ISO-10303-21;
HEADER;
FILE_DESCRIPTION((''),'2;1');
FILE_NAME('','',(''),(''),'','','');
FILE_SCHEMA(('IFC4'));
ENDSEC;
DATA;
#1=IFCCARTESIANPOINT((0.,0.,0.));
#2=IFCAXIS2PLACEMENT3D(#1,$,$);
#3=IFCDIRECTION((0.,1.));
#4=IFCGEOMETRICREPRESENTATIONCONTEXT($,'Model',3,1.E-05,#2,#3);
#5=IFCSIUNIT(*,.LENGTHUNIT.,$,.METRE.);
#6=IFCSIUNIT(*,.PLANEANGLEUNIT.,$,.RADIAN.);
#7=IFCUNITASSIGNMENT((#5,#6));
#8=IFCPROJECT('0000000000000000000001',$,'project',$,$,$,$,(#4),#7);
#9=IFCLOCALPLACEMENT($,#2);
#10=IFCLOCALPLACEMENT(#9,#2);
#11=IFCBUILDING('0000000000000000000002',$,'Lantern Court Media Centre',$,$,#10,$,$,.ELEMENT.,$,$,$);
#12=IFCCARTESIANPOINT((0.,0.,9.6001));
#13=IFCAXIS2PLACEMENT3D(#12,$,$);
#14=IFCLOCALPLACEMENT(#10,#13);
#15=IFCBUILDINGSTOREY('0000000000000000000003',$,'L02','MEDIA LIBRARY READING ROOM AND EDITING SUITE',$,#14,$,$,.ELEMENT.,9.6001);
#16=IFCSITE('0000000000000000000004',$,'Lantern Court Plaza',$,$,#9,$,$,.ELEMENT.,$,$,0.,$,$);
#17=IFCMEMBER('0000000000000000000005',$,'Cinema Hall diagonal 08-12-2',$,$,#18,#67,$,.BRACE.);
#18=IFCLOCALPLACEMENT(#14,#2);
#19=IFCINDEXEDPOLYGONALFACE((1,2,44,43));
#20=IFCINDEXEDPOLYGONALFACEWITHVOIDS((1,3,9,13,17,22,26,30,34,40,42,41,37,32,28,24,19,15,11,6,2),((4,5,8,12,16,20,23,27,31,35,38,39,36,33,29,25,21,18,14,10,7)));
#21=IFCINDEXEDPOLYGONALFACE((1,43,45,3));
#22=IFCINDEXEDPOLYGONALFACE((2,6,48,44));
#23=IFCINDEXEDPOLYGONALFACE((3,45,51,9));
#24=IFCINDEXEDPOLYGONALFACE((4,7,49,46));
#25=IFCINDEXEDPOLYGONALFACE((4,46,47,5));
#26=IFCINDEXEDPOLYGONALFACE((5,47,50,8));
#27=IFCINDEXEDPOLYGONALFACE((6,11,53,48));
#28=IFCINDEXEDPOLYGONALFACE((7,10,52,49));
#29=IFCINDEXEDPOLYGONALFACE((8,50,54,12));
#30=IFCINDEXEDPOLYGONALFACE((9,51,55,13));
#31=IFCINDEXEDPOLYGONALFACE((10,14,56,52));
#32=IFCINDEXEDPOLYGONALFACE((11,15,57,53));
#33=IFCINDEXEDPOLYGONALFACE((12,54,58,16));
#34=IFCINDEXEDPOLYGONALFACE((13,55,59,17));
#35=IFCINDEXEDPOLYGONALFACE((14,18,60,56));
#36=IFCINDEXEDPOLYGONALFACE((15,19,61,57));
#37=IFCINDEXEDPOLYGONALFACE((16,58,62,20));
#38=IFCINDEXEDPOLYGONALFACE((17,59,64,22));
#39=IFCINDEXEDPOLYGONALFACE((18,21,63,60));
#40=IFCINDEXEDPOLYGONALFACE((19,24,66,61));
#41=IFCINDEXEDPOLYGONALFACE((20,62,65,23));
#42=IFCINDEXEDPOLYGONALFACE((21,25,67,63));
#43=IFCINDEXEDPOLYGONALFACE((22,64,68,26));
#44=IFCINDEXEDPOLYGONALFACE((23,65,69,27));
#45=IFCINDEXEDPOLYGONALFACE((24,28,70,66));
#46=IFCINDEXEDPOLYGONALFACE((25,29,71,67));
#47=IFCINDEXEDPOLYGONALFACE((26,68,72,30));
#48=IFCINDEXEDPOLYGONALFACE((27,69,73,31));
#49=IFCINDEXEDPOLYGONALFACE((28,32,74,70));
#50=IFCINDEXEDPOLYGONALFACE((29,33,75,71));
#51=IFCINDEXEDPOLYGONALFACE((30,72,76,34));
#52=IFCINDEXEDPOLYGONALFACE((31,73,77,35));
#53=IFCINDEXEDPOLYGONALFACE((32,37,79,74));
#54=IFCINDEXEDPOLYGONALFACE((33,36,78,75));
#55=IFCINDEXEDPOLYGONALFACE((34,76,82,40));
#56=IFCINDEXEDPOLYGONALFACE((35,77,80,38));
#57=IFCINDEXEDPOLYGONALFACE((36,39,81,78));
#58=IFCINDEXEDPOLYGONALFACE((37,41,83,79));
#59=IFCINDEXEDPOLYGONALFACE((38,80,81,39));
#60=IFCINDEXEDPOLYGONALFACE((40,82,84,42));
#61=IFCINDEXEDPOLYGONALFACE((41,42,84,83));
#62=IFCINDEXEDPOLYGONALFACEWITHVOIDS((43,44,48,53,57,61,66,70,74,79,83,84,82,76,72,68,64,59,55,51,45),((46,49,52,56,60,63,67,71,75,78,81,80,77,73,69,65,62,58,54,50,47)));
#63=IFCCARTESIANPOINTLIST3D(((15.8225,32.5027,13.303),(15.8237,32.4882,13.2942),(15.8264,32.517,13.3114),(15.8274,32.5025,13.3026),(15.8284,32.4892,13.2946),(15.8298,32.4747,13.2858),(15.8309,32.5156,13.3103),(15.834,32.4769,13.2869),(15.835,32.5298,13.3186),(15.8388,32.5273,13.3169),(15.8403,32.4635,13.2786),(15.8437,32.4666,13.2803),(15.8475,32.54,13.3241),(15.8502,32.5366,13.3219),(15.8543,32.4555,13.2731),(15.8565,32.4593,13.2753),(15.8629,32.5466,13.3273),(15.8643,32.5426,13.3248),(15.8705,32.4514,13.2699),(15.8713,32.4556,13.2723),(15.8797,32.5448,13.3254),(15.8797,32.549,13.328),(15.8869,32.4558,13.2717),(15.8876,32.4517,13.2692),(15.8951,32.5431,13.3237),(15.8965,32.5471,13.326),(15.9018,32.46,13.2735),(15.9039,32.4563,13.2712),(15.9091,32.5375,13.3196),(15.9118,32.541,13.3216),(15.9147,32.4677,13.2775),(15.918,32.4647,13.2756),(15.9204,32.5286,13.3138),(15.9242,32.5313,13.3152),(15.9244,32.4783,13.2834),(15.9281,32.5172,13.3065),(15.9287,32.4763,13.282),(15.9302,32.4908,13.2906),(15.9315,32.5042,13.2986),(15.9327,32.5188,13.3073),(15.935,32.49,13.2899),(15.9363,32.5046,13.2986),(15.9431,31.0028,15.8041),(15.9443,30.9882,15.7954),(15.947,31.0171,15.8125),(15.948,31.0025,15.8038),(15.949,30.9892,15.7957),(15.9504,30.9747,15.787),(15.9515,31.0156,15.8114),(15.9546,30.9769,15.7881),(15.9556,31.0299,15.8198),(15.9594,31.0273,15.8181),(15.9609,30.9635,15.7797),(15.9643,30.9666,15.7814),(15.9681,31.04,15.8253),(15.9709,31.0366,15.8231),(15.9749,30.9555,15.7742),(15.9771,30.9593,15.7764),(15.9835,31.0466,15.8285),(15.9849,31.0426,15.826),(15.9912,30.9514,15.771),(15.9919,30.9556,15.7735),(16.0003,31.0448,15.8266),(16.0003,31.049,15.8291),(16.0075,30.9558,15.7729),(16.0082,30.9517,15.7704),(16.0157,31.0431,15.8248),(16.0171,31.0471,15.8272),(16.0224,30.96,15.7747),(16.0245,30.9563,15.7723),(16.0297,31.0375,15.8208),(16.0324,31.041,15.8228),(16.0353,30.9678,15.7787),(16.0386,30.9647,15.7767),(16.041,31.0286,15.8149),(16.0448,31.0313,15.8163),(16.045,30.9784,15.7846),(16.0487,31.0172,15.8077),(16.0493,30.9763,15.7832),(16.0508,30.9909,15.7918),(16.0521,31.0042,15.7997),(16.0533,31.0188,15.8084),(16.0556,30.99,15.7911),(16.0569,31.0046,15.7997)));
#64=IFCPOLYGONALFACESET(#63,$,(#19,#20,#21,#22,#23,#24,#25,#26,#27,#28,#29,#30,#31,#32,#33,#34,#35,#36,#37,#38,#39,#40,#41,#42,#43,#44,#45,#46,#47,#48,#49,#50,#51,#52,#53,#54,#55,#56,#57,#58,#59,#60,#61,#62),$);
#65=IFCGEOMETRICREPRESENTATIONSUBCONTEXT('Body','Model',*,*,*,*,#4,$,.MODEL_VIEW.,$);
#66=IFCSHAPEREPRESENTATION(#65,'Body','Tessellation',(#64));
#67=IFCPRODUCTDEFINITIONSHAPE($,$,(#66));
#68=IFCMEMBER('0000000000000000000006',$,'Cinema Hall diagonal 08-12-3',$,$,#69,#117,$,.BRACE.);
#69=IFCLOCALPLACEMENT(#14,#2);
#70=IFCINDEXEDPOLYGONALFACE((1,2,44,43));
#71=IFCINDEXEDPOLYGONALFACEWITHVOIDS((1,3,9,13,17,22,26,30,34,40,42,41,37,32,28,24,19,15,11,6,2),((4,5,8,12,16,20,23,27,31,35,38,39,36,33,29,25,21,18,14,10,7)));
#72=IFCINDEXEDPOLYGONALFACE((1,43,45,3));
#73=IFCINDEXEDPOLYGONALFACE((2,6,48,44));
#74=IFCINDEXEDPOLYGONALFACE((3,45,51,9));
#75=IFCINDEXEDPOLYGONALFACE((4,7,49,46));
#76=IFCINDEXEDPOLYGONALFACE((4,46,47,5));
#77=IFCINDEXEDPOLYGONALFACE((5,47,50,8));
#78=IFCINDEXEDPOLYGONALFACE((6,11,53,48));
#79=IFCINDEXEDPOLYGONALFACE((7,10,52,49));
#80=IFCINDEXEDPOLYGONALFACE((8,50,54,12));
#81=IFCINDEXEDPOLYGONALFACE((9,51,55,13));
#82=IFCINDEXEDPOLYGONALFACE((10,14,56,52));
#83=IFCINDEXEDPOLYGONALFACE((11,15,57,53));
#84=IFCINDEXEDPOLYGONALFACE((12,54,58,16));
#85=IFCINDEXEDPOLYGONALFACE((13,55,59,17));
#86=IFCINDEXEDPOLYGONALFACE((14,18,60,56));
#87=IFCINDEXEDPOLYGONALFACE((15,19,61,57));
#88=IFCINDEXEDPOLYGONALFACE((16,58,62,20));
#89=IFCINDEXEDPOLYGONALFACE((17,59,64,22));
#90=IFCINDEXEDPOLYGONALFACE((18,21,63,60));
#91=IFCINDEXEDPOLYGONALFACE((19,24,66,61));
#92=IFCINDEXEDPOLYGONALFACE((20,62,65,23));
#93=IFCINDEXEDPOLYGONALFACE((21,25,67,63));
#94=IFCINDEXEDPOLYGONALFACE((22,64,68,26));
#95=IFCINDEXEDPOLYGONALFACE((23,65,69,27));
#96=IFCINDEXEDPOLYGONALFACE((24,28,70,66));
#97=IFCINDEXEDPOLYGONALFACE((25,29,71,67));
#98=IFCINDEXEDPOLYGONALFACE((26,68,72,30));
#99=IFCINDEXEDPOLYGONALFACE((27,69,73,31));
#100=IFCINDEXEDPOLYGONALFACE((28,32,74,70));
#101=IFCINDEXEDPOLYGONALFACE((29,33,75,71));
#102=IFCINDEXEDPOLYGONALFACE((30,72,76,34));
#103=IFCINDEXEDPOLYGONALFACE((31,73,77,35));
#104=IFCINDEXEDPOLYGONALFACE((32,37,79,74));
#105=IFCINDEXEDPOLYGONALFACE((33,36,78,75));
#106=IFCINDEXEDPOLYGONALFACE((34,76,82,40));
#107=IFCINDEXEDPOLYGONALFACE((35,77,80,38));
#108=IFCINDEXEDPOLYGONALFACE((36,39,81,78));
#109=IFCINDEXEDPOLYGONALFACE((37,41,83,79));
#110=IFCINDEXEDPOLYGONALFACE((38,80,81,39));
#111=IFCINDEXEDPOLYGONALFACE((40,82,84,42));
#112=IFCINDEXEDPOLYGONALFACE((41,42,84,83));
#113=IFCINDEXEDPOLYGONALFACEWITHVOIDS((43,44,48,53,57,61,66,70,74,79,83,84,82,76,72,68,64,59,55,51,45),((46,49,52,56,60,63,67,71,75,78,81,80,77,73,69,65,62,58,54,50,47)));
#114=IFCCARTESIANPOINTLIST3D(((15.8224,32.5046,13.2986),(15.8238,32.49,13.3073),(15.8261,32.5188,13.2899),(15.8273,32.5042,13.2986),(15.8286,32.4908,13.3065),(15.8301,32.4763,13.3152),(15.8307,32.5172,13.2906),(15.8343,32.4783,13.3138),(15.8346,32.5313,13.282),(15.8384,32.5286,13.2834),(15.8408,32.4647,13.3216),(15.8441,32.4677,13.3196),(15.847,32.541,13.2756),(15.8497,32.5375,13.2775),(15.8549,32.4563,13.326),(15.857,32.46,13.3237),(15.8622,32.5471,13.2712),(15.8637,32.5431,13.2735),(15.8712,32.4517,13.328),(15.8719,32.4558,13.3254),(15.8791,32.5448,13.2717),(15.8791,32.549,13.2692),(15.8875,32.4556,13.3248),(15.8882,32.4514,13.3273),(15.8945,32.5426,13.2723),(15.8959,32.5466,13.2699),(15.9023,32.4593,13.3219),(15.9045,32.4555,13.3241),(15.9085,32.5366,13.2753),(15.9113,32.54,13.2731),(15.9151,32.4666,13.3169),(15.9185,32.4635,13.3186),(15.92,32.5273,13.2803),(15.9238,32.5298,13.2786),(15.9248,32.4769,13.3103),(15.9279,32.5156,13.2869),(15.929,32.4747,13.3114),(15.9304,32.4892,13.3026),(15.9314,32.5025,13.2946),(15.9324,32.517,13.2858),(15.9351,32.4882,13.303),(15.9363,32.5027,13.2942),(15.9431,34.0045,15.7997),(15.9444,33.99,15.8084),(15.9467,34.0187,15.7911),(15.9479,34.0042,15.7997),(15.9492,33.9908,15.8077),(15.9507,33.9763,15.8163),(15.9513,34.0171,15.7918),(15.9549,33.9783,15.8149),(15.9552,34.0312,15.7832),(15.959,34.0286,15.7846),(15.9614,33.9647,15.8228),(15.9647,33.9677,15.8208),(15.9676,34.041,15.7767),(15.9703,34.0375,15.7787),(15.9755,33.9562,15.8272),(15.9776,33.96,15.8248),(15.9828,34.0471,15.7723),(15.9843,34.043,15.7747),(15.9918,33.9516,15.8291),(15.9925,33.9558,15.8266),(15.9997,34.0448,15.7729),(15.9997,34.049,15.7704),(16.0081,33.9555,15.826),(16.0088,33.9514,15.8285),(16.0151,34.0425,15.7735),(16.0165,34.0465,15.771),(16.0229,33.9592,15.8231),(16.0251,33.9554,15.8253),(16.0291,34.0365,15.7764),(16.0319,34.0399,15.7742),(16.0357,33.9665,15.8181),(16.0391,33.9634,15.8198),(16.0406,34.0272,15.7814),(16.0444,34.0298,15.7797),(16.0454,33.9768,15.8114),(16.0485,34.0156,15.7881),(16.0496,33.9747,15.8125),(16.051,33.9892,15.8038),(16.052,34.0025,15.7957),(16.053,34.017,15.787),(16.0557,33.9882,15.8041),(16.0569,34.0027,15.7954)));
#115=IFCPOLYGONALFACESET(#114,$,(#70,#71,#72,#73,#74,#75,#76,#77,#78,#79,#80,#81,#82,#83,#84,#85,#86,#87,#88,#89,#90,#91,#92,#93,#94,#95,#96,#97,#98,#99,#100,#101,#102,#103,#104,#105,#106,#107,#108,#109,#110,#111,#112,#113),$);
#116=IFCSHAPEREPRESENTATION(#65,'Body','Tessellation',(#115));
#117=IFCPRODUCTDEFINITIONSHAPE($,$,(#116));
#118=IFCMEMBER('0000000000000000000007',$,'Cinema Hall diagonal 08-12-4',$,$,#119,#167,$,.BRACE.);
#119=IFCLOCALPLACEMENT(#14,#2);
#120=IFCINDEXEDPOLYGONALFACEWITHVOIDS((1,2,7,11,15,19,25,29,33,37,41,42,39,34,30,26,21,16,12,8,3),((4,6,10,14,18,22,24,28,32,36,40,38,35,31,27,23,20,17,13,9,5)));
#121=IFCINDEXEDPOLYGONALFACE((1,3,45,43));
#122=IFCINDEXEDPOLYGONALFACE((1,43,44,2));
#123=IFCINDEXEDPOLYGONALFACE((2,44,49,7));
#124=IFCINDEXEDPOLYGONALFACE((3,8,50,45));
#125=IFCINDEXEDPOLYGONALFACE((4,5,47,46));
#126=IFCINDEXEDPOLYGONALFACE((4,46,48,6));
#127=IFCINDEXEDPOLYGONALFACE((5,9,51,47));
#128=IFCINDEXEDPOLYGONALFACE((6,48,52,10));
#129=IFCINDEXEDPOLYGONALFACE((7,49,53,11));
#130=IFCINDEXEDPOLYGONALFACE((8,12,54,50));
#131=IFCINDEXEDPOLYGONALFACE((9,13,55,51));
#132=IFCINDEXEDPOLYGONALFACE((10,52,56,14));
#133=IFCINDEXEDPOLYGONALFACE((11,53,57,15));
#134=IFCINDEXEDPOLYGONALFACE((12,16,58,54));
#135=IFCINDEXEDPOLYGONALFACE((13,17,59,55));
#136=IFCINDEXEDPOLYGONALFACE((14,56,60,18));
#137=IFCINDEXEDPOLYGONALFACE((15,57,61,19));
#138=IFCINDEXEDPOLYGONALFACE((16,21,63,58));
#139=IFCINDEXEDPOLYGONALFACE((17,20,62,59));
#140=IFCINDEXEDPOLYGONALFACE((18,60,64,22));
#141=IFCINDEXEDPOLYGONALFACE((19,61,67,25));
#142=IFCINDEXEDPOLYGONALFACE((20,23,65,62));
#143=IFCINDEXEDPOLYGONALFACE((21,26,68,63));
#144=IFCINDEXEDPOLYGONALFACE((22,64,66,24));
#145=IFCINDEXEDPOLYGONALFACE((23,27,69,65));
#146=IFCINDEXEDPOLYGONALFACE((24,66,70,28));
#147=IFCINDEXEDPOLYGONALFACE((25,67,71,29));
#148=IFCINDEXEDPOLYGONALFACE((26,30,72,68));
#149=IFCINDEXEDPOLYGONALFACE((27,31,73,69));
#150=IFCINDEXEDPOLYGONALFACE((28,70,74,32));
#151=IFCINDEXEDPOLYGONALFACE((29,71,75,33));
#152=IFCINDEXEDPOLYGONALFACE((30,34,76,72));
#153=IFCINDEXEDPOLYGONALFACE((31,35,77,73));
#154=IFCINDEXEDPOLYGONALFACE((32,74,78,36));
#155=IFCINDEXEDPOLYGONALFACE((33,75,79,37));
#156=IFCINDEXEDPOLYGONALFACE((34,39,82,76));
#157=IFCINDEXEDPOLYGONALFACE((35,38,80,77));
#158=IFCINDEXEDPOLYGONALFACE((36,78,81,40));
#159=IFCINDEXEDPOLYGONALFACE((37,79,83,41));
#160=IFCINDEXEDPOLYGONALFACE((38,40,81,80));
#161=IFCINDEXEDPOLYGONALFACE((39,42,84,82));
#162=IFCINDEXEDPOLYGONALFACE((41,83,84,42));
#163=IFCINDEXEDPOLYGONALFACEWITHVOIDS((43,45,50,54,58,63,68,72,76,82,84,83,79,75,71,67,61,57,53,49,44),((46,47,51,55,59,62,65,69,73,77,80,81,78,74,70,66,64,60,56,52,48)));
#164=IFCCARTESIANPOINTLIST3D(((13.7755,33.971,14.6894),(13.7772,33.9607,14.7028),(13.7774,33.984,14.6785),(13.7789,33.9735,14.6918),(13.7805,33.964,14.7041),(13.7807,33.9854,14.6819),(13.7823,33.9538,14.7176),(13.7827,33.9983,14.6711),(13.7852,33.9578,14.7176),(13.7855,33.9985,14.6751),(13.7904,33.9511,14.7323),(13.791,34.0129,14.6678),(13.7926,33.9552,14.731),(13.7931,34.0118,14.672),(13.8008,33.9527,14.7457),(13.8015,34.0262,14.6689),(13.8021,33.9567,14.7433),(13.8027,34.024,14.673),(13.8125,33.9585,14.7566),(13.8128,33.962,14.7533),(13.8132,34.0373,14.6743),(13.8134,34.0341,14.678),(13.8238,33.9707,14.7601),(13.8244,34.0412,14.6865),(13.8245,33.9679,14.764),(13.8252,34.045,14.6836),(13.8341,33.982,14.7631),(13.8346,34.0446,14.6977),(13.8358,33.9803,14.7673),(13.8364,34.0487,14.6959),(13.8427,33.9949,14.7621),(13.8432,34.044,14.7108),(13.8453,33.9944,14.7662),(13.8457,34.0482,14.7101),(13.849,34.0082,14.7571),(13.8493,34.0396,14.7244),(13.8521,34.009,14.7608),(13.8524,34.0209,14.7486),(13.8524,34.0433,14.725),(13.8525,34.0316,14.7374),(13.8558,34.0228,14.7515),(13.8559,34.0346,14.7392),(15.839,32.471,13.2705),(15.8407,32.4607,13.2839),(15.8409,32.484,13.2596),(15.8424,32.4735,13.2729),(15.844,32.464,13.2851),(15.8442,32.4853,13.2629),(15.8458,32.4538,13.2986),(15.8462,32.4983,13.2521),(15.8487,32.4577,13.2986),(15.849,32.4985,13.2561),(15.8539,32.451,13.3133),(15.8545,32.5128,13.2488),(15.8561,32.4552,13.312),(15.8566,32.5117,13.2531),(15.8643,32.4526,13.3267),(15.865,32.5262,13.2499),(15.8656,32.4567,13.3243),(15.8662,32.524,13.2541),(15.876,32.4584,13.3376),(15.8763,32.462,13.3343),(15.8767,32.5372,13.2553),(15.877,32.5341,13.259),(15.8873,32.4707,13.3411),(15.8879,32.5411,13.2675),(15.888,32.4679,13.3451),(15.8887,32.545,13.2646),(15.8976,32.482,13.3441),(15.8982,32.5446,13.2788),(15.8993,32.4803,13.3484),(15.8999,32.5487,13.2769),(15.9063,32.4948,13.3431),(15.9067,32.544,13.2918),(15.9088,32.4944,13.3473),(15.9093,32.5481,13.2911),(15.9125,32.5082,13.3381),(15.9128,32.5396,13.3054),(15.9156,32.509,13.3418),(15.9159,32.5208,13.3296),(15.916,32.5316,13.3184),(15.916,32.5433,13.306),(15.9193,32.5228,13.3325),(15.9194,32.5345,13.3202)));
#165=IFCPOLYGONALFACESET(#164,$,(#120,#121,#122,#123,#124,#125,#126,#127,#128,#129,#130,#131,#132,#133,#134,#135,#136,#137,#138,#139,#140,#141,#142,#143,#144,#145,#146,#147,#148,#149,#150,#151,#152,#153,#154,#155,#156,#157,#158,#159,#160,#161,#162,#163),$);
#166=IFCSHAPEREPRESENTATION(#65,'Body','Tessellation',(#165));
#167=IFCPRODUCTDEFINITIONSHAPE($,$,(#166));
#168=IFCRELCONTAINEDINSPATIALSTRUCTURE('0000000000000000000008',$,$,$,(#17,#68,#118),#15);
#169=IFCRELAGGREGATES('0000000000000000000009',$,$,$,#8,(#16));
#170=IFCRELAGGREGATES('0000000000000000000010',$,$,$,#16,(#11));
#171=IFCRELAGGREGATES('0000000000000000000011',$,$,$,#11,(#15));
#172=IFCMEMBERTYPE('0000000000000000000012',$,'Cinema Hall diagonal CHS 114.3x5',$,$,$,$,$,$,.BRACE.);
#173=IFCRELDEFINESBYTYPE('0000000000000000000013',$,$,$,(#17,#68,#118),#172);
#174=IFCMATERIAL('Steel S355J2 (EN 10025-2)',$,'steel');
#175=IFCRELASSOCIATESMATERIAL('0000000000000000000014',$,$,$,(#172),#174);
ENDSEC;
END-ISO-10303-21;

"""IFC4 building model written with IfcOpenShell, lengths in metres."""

from ifc_helpers import new_model, si_unit, direction, frame, origin, origin_2d, place, context, subcontext, project, spatial, hollow_circle, extrude, material, material_profile, profile_set, type_object, element, save


model = new_model("IFC4")

# Units and contexts
model_context = context("Model", 3, precision=1e-05, world=origin(), true_north=direction((0.0, 1.0)))
body_context = subcontext(model_context, "Body", "Model", "MODEL_VIEW")
ifc_project = project(units=[si_unit("LENGTHUNIT", "METRE"), si_unit("PLANEANGLEUNIT", "RADIAN")], contexts=[model_context])

# Site, building, storey
site_placement = place(None, origin())
site = spatial("IfcSite", under=ifc_project, at=site_placement, Name="Lantern Court Plaza", CompositionType="ELEMENT", RefElevation=0.0)
building_placement = place(site_placement, origin())
building = spatial("IfcBuilding", under=site, at=building_placement, Name="Lantern Court Media Centre", CompositionType="ELEMENT")
storey_placement = place(building_placement, frame((0.0, 0.0, 9.6001)))
storey = spatial("IfcBuildingStorey", under=building, at=storey_placement, Name="L02", Description="MEDIA LIBRARY READING ROOM AND EDITING SUITE", CompositionType="ELEMENT", Elevation=9.6001)

# Members
ifc_material = material(Name="Steel S355J2 (EN 10025-2)", Category="steel")
ifc_material_profile_1 = material_profile(ifc_material, hollow_circle(Radius=0.0571, WallThickness=0.0049, at=origin_2d()), Name="Cinema Hall diagonal CHS 114.3x5")
ifc_profile_set_1 = profile_set([ifc_material_profile_1], Name="Steel S355J2 (EN 10025-2)")
member_type_1 = type_object("IfcMemberType", Name="Cinema Hall diagonal CHS 114.3x5", PredefinedType="BRACE", material=ifc_profile_set_1)
for number, where, z_axis, x_axis, name in (
    (1, (15.8794, 32.5, 13.2986), (0.041317, -0.513872, 0.856871), (0.996783, 0.080145, 0.0), "Cinema Hall diagonal 08-12-2"),
    (2, (15.8794, 32.5, 13.2986), (0.041317, 0.513872, 0.856871), (-0.996783, 0.080145, 0.0), "Cinema Hall diagonal 08-12-3"),
):
    element("IfcMember", number, at=place(storey_placement, frame(where, z_axis=z_axis, x_axis=x_axis)), inside=storey, type_object=member_type_1, Name=name, PredefinedType="BRACE", context=body_context, shape_type="SweptSolid", body=[
        extrude(hollow_circle(Radius=0.0571, WallThickness=0.0049, at=origin_2d()), origin(), (0.0, 0.0, 1.0), 2.9189),
    ])
member_1_placement = place(storey_placement, frame((15.8794, 32.5, 13.2986), z_axis=(-0.70688, 0.513851, 0.486084), x_axis=(-0.58799, -0.808868, 0.0)))
element("IfcMember", 3, at=member_1_placement, inside=storey, type_object=member_type_1, Name="Cinema Hall diagonal 08-12-4", PredefinedType="BRACE", context=body_context, shape_type="SweptSolid", body=[
    extrude(hollow_circle(Radius=0.0571, WallThickness=0.0049, at=origin_2d()), origin(), (0.0, 0.0, 1.0), 2.9192),
])

save(model, "model.ifc")
